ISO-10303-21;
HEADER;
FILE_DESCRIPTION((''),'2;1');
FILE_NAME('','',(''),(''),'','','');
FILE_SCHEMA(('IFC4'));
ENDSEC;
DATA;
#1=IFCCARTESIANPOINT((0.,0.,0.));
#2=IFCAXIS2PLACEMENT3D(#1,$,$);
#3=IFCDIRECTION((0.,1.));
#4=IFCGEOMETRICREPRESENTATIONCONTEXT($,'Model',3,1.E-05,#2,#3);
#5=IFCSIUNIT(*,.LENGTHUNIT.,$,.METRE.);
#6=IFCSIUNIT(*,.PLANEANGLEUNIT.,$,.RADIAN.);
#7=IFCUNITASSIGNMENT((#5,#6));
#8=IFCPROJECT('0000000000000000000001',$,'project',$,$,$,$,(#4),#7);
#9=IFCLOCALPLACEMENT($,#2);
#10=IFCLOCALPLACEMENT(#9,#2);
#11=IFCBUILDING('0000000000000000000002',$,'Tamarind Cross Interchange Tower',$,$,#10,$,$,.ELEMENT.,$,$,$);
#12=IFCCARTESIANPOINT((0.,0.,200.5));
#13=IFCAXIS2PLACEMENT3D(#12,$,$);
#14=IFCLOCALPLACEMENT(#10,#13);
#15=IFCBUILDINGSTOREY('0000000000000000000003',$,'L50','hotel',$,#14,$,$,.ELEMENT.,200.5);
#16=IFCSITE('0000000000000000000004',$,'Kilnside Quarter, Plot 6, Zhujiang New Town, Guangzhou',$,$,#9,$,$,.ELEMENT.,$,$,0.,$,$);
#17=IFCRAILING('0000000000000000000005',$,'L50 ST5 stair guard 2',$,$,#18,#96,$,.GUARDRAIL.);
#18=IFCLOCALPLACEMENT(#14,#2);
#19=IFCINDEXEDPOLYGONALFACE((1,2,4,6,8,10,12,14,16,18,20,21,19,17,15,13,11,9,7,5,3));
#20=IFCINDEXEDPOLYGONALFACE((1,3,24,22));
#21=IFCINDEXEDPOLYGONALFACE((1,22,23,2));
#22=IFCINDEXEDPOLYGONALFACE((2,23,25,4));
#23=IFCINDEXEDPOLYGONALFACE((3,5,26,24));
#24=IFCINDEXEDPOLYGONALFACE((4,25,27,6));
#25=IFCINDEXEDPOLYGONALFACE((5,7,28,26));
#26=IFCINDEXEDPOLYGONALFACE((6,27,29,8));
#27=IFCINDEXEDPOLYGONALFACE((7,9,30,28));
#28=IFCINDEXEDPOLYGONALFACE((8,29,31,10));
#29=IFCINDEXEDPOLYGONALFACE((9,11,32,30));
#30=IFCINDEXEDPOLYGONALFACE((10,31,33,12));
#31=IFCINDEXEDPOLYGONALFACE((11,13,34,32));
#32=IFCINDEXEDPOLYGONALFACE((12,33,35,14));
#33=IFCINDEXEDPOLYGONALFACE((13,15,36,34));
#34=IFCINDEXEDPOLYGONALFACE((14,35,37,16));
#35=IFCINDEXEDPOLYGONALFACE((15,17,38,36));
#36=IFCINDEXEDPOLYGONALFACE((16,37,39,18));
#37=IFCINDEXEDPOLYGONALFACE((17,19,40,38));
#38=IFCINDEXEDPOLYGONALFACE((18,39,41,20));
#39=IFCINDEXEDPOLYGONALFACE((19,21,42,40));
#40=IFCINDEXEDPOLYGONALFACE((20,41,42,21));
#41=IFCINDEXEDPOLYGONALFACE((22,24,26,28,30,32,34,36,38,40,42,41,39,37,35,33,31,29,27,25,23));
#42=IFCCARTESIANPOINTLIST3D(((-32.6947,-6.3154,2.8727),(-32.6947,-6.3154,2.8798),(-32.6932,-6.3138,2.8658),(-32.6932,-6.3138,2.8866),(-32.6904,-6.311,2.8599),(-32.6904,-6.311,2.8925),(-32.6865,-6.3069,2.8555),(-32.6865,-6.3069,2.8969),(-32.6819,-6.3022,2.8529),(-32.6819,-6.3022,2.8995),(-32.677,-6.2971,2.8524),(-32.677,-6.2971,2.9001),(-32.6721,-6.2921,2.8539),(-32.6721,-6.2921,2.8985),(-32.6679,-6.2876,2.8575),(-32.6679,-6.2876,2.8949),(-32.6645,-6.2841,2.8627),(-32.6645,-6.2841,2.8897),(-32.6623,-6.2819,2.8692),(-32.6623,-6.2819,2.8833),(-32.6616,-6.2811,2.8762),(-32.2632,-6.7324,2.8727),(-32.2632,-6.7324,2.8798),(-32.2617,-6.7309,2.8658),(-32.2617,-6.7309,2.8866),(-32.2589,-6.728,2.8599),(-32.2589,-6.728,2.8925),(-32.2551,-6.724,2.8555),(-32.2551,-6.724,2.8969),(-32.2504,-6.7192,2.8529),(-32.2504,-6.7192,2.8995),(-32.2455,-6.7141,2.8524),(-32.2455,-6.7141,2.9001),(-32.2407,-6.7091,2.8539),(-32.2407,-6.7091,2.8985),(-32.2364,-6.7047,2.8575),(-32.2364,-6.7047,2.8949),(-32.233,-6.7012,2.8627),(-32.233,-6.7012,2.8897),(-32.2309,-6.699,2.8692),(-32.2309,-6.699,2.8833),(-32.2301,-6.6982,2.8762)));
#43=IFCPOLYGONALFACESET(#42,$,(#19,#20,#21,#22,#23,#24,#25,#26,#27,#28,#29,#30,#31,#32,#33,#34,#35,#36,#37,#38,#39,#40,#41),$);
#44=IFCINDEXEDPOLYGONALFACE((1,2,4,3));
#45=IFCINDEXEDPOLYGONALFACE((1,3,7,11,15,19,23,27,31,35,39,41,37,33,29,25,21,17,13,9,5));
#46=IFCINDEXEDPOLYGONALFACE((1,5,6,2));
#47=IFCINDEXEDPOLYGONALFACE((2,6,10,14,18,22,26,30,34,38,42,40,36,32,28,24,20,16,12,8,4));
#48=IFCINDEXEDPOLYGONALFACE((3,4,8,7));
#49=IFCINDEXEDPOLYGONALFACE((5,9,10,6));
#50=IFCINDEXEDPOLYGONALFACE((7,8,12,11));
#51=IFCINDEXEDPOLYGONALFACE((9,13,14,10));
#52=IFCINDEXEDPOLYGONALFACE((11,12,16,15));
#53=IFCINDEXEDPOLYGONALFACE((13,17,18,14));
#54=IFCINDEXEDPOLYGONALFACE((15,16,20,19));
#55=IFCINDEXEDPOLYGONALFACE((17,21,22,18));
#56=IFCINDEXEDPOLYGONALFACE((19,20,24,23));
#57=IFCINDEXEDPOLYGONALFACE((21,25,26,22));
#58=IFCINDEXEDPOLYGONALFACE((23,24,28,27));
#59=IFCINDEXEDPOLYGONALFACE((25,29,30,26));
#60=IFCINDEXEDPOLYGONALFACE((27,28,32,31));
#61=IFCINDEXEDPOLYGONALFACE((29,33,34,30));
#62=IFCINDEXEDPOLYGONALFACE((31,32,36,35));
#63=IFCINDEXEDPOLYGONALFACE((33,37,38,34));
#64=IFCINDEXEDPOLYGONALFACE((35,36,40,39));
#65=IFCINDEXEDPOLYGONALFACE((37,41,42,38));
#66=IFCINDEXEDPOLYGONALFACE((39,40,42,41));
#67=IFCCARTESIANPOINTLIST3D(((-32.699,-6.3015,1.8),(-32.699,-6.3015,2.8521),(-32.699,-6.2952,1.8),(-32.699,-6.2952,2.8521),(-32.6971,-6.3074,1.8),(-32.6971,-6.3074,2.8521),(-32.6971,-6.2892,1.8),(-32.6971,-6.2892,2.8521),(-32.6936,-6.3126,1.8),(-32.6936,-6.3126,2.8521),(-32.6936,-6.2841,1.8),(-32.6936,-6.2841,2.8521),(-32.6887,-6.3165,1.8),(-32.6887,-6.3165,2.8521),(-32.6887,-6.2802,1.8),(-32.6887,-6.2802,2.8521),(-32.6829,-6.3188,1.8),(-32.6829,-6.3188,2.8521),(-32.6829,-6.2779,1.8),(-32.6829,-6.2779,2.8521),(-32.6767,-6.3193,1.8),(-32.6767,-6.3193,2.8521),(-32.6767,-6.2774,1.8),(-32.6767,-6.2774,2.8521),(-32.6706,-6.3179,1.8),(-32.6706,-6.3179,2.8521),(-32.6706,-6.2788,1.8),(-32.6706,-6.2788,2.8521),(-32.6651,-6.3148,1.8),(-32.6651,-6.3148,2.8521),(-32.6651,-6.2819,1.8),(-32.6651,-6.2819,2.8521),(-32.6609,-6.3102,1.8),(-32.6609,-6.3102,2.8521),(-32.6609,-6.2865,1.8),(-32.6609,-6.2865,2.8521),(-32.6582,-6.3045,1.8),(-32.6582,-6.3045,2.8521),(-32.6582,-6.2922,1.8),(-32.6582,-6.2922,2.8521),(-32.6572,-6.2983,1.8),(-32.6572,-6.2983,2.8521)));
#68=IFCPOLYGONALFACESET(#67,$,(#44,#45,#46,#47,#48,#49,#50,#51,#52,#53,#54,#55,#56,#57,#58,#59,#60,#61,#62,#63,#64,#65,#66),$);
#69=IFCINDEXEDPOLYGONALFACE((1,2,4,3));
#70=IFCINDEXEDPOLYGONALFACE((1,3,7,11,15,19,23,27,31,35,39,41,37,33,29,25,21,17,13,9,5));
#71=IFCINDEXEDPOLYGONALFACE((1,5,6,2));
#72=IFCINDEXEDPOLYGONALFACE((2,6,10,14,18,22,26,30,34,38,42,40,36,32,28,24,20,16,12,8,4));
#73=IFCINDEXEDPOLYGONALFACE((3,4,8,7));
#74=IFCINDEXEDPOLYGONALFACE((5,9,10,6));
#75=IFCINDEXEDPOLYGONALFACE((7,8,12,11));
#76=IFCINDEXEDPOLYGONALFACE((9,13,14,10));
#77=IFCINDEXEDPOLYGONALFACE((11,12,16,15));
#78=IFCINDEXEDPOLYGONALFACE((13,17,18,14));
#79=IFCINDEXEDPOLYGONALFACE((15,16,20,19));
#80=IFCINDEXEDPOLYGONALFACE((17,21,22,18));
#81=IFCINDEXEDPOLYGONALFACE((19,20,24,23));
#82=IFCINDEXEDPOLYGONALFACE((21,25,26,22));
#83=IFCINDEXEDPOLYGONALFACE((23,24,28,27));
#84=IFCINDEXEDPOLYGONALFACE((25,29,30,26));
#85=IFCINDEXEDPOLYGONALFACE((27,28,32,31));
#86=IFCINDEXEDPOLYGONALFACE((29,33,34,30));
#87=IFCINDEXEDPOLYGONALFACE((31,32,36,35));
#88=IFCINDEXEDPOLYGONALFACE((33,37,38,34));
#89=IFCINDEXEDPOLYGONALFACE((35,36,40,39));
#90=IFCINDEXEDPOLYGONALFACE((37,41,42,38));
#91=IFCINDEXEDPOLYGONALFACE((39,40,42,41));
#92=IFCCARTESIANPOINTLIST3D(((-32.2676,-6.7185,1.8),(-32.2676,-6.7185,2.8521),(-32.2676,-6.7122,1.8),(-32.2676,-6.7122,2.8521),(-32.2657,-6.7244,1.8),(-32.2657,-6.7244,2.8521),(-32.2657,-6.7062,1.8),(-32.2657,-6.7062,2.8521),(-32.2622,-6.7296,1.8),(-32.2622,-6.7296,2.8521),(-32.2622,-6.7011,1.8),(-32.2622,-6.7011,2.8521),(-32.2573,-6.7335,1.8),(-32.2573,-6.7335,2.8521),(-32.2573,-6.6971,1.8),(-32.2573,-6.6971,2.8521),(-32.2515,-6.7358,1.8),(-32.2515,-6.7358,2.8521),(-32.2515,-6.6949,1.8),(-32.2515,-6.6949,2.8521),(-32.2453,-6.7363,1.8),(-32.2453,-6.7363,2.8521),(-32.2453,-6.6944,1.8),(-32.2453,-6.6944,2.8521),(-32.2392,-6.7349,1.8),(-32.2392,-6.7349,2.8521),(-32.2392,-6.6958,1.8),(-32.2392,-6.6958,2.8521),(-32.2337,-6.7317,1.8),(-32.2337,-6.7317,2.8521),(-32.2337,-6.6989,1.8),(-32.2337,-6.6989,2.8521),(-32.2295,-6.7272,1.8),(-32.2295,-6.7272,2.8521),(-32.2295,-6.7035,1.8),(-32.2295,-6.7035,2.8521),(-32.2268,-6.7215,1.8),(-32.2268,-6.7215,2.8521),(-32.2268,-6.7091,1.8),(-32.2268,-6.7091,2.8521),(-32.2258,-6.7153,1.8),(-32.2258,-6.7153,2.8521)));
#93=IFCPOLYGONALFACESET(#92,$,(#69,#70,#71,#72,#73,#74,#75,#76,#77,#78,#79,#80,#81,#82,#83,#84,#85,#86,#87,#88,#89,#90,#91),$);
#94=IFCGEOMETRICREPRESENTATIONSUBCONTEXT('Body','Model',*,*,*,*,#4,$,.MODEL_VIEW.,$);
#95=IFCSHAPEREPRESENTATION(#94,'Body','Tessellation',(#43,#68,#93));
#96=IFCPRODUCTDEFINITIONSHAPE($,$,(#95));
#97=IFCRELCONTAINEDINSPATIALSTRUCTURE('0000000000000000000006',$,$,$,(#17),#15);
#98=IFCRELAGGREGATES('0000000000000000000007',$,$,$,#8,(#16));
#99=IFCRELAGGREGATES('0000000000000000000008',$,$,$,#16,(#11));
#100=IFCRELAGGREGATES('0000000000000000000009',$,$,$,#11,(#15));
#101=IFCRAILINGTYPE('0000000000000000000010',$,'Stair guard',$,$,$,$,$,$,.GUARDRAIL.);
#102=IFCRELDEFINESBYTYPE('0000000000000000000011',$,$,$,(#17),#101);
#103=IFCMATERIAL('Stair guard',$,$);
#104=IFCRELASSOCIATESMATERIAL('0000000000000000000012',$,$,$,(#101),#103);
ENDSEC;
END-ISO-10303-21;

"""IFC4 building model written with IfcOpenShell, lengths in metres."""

from ifc_helpers import new_model, si_unit, direction, frame, origin, origin_2d, place, context, subcontext, project, spatial, circle, extrude, material, type_object, element, save


model = new_model("IFC4")

# Units and contexts
model_context = context("Model", 3, precision=1e-05, world=origin(), true_north=direction((0.0, 1.0)))
body_context = subcontext(model_context, "Body", "Model", "MODEL_VIEW")
ifc_project = project(units=[si_unit("LENGTHUNIT", "METRE"), si_unit("PLANEANGLEUNIT", "RADIAN")], contexts=[model_context])

# Site, building, storey
site_placement = place(None, origin())
site = spatial("IfcSite", under=ifc_project, at=site_placement, Name="Kilnside Quarter, Plot 6, Zhujiang New Town, Guangzhou", CompositionType="ELEMENT", RefElevation=0.0)
building_placement = place(site_placement, origin())
building = spatial("IfcBuilding", under=site, at=building_placement, Name="Tamarind Cross Interchange Tower", CompositionType="ELEMENT")
storey_placement = place(building_placement, frame((0.0, 0.0, 200.5)))
storey = spatial("IfcBuildingStorey", under=building, at=storey_placement, Name="L50", Description="hotel", CompositionType="ELEMENT", Elevation=200.5)

# Railing
ifc_material_1 = material(Name="Stair guard")
railing_type_1 = type_object("IfcRailingType", Name="Stair guard", PredefinedType="GUARDRAIL", material=ifc_material_1)
railing_1_placement = place(storey_placement, frame((-32.6782, -6.2983, 1.8)))
element("IfcRailing", 1, at=railing_1_placement, inside=storey, type_object=railing_type_1, Name="L50 ST5 stair guard 2", PredefinedType="GUARDRAIL", context=body_context, shape_type="SweptSolid", body=[
    extrude(circle(Radius=0.0239, at=origin_2d()), frame((0.0, 0.0, 1.0762), z_axis=(0.719009, -0.695001, 0.0), x_axis=(0.695001, 0.719009, 0.0)), (0.0, 0.0, 1.0), 0.6001),
    extrude(circle(Radius=0.021, at=origin_2d()), origin(), (0.0, 0.0, 1.0), 1.052),
    extrude(circle(Radius=0.021, at=origin_2d()), frame((0.4314, -0.417, 0.0)), (0.0, 0.0, 1.0), 1.052),
])

save(model, "model.ifc")
